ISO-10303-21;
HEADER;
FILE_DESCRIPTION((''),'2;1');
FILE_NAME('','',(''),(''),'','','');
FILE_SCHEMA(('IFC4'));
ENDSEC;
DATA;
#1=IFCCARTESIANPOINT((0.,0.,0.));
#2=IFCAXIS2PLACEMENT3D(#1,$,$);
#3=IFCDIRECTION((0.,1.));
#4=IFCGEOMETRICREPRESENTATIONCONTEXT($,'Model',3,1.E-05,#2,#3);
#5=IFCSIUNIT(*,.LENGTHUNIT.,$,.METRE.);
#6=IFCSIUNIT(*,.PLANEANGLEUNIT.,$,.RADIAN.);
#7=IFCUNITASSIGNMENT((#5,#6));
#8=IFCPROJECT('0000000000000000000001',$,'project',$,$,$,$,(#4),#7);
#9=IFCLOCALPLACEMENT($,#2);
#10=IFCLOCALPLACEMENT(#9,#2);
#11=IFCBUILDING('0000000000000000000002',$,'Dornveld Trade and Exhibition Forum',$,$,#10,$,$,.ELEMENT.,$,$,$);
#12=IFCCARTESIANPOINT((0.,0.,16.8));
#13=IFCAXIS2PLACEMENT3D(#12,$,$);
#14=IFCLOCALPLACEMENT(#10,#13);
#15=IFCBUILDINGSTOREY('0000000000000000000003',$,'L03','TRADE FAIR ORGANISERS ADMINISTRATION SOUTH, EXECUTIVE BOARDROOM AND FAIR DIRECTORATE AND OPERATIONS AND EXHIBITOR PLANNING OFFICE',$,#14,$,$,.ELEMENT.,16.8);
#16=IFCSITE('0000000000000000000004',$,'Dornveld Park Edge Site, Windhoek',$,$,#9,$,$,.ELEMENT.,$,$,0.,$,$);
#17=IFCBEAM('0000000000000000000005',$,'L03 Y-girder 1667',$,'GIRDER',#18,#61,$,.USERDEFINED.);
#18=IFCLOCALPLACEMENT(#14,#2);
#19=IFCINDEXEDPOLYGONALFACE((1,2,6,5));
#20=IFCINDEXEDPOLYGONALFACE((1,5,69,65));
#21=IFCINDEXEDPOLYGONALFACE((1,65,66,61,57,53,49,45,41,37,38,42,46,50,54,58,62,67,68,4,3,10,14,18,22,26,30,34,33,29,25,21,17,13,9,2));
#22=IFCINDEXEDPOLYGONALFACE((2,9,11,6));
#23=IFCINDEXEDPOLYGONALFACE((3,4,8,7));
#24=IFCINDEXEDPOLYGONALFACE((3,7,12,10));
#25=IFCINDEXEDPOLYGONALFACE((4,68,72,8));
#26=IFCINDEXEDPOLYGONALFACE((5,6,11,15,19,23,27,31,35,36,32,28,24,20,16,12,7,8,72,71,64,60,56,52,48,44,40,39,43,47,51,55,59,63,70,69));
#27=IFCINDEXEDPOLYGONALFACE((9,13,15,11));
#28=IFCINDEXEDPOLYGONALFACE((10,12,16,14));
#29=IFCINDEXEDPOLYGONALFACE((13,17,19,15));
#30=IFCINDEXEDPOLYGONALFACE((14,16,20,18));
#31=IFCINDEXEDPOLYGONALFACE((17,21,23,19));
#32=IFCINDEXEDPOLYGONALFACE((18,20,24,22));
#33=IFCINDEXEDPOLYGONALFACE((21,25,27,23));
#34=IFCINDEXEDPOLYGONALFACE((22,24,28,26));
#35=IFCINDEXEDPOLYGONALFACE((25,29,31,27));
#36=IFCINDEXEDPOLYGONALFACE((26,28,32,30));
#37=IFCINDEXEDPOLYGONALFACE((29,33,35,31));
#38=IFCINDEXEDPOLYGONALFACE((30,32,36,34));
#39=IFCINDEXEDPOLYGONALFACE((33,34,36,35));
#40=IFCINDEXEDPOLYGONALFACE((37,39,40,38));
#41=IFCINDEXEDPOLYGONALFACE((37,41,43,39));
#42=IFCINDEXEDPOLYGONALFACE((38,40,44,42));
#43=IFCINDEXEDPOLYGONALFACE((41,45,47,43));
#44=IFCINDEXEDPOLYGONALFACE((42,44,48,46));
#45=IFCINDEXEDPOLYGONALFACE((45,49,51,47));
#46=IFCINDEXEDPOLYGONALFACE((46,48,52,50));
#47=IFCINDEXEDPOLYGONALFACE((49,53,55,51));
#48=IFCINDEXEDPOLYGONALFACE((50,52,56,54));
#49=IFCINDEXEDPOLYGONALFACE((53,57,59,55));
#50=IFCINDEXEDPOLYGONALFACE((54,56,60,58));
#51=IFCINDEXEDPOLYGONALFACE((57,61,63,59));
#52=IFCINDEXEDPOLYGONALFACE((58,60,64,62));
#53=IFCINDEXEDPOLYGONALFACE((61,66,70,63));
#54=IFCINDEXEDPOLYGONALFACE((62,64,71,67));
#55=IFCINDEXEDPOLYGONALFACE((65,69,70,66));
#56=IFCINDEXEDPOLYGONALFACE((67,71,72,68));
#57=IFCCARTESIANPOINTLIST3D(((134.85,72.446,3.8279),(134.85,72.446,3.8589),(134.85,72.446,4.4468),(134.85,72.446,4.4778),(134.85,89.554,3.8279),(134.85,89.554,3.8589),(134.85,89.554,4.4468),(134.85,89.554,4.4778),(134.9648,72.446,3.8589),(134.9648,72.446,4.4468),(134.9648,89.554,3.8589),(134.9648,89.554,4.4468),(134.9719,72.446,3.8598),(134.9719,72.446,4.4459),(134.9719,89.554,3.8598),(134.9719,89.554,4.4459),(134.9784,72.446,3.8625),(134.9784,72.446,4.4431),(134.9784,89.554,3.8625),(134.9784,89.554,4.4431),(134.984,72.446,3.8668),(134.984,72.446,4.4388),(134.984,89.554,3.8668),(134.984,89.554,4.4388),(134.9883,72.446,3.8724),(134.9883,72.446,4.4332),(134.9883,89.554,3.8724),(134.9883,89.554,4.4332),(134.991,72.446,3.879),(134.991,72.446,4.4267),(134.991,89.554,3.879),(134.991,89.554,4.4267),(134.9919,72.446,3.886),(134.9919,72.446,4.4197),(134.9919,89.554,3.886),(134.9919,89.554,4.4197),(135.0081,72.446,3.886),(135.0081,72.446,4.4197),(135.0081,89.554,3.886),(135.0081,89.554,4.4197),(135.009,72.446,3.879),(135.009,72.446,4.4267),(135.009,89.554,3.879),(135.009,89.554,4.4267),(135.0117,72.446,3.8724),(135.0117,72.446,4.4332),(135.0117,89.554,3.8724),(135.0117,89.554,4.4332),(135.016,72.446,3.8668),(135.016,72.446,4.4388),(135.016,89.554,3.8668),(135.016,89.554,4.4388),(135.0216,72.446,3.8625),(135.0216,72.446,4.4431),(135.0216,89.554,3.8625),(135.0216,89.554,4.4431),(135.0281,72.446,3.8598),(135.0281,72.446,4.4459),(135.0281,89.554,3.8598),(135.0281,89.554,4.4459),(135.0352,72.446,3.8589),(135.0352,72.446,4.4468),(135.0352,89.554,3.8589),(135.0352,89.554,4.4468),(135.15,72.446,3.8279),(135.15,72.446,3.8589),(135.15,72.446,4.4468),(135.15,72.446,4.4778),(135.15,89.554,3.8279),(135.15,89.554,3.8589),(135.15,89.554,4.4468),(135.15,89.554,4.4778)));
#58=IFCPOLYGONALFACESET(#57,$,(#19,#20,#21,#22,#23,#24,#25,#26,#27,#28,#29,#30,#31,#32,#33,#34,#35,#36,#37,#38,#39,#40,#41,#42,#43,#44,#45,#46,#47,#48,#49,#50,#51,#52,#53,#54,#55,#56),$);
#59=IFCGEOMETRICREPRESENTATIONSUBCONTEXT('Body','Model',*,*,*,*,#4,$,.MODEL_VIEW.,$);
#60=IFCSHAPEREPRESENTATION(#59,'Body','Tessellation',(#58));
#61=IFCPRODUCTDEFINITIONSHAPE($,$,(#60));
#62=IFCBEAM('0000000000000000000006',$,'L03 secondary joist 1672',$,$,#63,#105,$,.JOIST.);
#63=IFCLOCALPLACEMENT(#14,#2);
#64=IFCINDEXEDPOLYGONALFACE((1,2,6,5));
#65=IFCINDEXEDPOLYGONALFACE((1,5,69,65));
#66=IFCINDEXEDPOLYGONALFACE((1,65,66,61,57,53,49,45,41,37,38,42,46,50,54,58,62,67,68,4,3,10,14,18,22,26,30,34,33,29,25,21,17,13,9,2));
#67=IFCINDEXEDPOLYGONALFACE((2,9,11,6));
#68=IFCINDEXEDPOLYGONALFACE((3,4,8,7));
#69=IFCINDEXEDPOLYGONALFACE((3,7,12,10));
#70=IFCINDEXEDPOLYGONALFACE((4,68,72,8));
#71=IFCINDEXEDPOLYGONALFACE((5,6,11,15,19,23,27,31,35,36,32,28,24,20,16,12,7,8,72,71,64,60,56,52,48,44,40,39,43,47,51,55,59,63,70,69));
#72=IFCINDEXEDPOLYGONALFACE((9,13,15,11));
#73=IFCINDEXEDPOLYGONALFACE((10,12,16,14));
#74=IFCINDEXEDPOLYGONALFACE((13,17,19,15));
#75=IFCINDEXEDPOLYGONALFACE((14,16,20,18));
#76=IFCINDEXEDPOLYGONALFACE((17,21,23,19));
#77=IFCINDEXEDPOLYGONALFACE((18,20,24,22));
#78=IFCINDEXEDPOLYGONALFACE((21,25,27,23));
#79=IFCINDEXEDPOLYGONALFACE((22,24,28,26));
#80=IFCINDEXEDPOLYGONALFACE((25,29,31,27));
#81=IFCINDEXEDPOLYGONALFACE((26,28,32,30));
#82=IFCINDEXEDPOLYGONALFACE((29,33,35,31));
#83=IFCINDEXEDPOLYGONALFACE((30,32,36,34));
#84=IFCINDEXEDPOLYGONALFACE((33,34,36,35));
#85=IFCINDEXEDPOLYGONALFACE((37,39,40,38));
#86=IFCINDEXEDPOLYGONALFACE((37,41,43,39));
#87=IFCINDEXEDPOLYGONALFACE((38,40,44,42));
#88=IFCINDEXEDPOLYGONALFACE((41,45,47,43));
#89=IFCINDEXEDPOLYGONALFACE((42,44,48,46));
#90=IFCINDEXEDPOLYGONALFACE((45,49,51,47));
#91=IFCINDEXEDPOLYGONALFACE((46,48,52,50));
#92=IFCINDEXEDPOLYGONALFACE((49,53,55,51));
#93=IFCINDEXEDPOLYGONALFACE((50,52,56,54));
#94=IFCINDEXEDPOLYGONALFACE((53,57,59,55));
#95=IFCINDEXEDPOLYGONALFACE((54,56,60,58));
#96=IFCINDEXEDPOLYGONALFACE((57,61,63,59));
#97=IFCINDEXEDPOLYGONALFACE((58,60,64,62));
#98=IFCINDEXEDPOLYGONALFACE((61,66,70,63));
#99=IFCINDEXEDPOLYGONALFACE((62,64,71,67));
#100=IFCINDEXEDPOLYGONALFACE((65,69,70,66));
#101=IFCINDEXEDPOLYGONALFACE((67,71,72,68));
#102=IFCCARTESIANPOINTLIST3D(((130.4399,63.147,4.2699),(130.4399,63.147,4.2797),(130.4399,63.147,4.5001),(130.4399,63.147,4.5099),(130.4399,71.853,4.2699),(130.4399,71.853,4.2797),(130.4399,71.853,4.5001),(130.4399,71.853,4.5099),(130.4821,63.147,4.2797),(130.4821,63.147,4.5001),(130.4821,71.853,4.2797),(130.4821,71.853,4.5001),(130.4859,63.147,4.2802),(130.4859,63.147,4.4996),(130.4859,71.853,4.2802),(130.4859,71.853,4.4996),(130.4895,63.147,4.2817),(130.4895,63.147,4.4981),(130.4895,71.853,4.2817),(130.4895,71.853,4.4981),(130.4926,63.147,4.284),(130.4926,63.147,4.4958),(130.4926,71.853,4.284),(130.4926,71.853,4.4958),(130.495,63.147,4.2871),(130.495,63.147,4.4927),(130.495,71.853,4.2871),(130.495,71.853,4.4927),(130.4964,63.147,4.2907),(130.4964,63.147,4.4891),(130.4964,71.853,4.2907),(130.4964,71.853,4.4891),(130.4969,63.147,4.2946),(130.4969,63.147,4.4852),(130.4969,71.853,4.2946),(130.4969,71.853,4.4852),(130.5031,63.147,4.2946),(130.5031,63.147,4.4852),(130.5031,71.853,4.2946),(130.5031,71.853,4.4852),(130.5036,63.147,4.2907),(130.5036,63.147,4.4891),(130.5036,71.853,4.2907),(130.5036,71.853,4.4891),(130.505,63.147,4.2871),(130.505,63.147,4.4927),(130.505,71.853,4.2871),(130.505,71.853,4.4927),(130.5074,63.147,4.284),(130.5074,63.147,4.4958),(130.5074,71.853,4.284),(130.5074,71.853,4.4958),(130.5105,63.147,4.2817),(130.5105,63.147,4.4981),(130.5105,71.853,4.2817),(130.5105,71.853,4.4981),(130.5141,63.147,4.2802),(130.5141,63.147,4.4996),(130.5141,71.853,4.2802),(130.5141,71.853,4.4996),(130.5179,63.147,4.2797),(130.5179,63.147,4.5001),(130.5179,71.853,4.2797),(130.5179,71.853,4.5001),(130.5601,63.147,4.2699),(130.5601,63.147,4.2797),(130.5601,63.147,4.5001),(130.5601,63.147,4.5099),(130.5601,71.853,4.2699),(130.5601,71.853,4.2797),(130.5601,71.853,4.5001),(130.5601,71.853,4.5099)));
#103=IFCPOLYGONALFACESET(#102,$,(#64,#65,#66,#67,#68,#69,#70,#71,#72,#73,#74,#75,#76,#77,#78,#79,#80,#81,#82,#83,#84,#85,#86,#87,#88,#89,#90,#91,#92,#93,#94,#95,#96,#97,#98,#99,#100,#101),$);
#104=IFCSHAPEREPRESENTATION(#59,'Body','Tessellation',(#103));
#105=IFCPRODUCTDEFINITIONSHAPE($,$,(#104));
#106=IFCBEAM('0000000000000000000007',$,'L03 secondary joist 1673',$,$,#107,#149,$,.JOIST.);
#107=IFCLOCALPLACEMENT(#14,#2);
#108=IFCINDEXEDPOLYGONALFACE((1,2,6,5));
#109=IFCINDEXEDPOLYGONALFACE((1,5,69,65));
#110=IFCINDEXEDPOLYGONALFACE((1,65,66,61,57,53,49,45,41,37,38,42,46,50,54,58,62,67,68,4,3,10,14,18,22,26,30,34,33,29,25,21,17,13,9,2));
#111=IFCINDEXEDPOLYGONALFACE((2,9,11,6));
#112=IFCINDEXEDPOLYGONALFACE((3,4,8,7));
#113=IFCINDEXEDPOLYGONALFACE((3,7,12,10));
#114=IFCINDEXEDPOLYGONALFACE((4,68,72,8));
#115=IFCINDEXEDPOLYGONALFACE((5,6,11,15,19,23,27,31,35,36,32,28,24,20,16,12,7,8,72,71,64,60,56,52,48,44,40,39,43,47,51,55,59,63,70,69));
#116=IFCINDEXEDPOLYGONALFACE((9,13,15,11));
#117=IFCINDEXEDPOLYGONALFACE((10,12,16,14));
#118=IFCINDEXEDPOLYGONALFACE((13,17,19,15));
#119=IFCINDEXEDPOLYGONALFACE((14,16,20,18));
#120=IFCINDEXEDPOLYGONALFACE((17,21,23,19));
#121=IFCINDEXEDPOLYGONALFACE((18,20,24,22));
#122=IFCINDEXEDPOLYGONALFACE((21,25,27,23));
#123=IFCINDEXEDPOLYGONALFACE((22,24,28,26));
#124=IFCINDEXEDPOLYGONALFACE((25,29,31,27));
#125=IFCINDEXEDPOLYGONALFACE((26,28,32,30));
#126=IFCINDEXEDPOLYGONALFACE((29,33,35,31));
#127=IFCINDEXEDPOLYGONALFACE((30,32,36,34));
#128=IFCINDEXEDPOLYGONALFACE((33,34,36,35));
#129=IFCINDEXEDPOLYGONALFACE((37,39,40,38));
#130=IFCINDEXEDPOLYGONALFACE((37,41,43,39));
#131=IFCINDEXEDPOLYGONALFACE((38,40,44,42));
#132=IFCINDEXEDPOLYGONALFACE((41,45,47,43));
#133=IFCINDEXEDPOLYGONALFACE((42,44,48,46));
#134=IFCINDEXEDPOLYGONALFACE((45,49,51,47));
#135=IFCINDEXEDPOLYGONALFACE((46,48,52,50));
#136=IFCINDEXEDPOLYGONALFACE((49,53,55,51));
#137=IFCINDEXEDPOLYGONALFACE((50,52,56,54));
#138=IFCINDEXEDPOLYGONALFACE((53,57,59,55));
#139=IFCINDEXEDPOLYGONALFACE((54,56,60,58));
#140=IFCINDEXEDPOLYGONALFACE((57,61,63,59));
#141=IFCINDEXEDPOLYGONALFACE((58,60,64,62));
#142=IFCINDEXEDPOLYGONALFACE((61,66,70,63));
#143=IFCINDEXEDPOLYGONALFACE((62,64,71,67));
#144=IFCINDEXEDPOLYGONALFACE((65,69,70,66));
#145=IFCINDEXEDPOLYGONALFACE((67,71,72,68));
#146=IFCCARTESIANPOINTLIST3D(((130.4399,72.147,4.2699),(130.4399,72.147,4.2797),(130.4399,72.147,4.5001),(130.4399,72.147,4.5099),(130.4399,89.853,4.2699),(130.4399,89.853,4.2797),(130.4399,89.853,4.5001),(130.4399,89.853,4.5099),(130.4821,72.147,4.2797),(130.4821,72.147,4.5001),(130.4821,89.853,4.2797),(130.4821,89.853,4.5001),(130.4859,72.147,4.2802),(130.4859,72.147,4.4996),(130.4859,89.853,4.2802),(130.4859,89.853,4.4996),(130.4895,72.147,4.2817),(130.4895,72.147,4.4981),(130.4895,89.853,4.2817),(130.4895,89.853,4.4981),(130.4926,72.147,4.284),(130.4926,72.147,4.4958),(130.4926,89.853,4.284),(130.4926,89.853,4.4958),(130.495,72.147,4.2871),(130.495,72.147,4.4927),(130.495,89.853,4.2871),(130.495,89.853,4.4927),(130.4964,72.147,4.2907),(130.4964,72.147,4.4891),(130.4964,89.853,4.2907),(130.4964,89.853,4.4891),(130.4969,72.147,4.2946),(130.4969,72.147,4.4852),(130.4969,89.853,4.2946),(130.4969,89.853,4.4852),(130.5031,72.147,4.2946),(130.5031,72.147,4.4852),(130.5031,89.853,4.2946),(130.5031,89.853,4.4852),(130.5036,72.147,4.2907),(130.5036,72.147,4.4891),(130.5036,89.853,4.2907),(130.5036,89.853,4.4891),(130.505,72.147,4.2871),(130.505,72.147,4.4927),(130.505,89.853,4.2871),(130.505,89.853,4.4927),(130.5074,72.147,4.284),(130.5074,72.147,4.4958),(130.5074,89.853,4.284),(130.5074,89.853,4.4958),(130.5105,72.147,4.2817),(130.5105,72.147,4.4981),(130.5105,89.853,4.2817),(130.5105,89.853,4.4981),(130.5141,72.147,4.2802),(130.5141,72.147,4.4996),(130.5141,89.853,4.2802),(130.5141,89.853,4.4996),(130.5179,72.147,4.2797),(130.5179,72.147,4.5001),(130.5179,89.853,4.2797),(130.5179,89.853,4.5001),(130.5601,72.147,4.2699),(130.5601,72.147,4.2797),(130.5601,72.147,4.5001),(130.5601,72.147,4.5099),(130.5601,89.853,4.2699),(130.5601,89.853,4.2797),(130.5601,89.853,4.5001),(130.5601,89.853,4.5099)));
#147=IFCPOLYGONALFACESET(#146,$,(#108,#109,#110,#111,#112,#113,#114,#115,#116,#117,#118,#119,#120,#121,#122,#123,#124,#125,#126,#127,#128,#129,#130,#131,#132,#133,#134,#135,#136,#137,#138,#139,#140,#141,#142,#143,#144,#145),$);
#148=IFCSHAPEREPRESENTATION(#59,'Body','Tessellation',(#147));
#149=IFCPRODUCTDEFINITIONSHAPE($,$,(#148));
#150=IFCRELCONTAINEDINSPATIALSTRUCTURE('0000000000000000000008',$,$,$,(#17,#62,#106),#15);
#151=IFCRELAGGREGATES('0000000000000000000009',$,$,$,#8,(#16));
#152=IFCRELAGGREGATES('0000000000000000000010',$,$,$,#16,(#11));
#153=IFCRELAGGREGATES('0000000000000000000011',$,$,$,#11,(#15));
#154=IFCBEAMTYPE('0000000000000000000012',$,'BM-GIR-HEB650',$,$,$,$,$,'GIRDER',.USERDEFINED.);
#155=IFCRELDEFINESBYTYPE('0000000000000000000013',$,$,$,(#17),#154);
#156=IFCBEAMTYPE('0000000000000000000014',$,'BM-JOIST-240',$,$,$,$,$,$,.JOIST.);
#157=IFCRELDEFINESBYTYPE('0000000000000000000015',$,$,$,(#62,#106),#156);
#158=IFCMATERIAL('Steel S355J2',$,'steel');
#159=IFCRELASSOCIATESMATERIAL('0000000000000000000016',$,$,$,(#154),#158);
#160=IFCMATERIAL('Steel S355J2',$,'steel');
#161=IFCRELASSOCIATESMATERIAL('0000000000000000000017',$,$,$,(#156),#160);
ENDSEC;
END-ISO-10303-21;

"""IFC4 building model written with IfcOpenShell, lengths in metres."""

from ifc_helpers import new_model, si_unit, direction, frame, origin, origin_2d, place, context, subcontext, project, spatial, i_section, extrude, material, material_profile, profile_set, type_object, element, save


model = new_model("IFC4")

# Units and contexts
model_context = context("Model", 3, precision=1e-05, world=origin(), true_north=direction((0.0, 1.0)))
body_context = subcontext(model_context, "Body", "Model", "MODEL_VIEW")
ifc_project = project(units=[si_unit("LENGTHUNIT", "METRE"), si_unit("PLANEANGLEUNIT", "RADIAN")], contexts=[model_context])

# Site, building, storey
site_placement = place(None, origin())
site = spatial("IfcSite", under=ifc_project, at=site_placement, Name="Dornveld Park Edge Site, Windhoek", CompositionType="ELEMENT", RefElevation=0.0)
building_placement = place(site_placement, origin())
building = spatial("IfcBuilding", under=site, at=building_placement, Name="Dornveld Trade and Exhibition Forum", CompositionType="ELEMENT")
storey_placement = place(building_placement, frame((0.0, 0.0, 16.8)))
storey = spatial("IfcBuildingStorey", under=building, at=storey_placement, Name="L03", Description="TRADE FAIR ORGANISERS ADMINISTRATION SOUTH, EXECUTIVE BOARDROOM AND FAIR DIRECTORATE AND OPERATIONS AND EXHIBITOR PLANNING OFFICE", CompositionType="ELEMENT", Elevation=16.8)

# Beams
ifc_material_1 = material(Name="Steel S355J2", Category="steel")
ifc_material_profile_1 = material_profile(ifc_material_1, i_section(OverallWidth=0.3, OverallDepth=0.6499, WebThickness=0.0161, FlangeThickness=0.031, FilletRadius=0.0271, at=origin_2d()), Name="HEB 650")
ifc_profile_set_1 = profile_set([ifc_material_profile_1], Name="Steel S355J2")
beam_type_1 = type_object("IfcBeamType", Name="BM-GIR-HEB650", ElementType="GIRDER", PredefinedType="USERDEFINED", material=ifc_profile_set_1)
beam_1_placement = place(storey_placement, frame((135.0, 72.446, 4.1528), z_axis=(0.0, 1.0, 0.0), x_axis=(-1.0, 0.0, 0.0)))
element("IfcBeam", 1, at=beam_1_placement, inside=storey, type_object=beam_type_1, Name="L03 Y-girder 1667", ObjectType="GIRDER", PredefinedType="USERDEFINED", context=body_context, shape_type="SweptSolid", body=[
    extrude(i_section(OverallWidth=0.3, OverallDepth=0.6499, WebThickness=0.0161, FlangeThickness=0.031, FilletRadius=0.0271, at=origin_2d()), origin(), (0.0, 0.0, 1.0), 17.1079),
])
ifc_material_2 = material(Name="Steel S355J2", Category="steel")
ifc_material_profile_2 = material_profile(ifc_material_2, i_section(OverallWidth=0.1201, OverallDepth=0.24, WebThickness=0.0061, FlangeThickness=0.0098, FilletRadius=0.0149, at=origin_2d()), Name="IPE 240")
ifc_profile_set_2 = profile_set([ifc_material_profile_2], Name="Steel S355J2")
beam_type_2 = type_object("IfcBeamType", Name="BM-JOIST-240", PredefinedType="JOIST", material=ifc_profile_set_2)
beam_2_placement = place(storey_placement, frame((130.5, 63.147, 4.3899), z_axis=(0.0, 1.0, 0.0), x_axis=(-1.0, 0.0, 0.0)))
element("IfcBeam", 2, at=beam_2_placement, inside=storey, type_object=beam_type_2, Name="L03 secondary joist 1672", PredefinedType="JOIST", context=body_context, shape_type="SweptSolid", body=[
    extrude(i_section(OverallWidth=0.1201, OverallDepth=0.24, WebThickness=0.0061, FlangeThickness=0.0098, FilletRadius=0.0149, at=origin_2d()), origin(), (0.0, 0.0, 1.0), 8.7061),
])
beam_3_placement = place(storey_placement, frame((130.5, 72.147, 4.3899), z_axis=(0.0, 1.0, 0.0), x_axis=(-1.0, 0.0, 0.0)))
element("IfcBeam", 3, at=beam_3_placement, inside=storey, type_object=beam_type_2, Name="L03 secondary joist 1673", PredefinedType="JOIST", context=body_context, shape_type="SweptSolid", body=[
    extrude(i_section(OverallWidth=0.1201, OverallDepth=0.24, WebThickness=0.0061, FlangeThickness=0.0098, FilletRadius=0.0149, at=origin_2d()), origin(), (0.0, 0.0, 1.0), 17.7061),
])

save(model, "model.ifc")
